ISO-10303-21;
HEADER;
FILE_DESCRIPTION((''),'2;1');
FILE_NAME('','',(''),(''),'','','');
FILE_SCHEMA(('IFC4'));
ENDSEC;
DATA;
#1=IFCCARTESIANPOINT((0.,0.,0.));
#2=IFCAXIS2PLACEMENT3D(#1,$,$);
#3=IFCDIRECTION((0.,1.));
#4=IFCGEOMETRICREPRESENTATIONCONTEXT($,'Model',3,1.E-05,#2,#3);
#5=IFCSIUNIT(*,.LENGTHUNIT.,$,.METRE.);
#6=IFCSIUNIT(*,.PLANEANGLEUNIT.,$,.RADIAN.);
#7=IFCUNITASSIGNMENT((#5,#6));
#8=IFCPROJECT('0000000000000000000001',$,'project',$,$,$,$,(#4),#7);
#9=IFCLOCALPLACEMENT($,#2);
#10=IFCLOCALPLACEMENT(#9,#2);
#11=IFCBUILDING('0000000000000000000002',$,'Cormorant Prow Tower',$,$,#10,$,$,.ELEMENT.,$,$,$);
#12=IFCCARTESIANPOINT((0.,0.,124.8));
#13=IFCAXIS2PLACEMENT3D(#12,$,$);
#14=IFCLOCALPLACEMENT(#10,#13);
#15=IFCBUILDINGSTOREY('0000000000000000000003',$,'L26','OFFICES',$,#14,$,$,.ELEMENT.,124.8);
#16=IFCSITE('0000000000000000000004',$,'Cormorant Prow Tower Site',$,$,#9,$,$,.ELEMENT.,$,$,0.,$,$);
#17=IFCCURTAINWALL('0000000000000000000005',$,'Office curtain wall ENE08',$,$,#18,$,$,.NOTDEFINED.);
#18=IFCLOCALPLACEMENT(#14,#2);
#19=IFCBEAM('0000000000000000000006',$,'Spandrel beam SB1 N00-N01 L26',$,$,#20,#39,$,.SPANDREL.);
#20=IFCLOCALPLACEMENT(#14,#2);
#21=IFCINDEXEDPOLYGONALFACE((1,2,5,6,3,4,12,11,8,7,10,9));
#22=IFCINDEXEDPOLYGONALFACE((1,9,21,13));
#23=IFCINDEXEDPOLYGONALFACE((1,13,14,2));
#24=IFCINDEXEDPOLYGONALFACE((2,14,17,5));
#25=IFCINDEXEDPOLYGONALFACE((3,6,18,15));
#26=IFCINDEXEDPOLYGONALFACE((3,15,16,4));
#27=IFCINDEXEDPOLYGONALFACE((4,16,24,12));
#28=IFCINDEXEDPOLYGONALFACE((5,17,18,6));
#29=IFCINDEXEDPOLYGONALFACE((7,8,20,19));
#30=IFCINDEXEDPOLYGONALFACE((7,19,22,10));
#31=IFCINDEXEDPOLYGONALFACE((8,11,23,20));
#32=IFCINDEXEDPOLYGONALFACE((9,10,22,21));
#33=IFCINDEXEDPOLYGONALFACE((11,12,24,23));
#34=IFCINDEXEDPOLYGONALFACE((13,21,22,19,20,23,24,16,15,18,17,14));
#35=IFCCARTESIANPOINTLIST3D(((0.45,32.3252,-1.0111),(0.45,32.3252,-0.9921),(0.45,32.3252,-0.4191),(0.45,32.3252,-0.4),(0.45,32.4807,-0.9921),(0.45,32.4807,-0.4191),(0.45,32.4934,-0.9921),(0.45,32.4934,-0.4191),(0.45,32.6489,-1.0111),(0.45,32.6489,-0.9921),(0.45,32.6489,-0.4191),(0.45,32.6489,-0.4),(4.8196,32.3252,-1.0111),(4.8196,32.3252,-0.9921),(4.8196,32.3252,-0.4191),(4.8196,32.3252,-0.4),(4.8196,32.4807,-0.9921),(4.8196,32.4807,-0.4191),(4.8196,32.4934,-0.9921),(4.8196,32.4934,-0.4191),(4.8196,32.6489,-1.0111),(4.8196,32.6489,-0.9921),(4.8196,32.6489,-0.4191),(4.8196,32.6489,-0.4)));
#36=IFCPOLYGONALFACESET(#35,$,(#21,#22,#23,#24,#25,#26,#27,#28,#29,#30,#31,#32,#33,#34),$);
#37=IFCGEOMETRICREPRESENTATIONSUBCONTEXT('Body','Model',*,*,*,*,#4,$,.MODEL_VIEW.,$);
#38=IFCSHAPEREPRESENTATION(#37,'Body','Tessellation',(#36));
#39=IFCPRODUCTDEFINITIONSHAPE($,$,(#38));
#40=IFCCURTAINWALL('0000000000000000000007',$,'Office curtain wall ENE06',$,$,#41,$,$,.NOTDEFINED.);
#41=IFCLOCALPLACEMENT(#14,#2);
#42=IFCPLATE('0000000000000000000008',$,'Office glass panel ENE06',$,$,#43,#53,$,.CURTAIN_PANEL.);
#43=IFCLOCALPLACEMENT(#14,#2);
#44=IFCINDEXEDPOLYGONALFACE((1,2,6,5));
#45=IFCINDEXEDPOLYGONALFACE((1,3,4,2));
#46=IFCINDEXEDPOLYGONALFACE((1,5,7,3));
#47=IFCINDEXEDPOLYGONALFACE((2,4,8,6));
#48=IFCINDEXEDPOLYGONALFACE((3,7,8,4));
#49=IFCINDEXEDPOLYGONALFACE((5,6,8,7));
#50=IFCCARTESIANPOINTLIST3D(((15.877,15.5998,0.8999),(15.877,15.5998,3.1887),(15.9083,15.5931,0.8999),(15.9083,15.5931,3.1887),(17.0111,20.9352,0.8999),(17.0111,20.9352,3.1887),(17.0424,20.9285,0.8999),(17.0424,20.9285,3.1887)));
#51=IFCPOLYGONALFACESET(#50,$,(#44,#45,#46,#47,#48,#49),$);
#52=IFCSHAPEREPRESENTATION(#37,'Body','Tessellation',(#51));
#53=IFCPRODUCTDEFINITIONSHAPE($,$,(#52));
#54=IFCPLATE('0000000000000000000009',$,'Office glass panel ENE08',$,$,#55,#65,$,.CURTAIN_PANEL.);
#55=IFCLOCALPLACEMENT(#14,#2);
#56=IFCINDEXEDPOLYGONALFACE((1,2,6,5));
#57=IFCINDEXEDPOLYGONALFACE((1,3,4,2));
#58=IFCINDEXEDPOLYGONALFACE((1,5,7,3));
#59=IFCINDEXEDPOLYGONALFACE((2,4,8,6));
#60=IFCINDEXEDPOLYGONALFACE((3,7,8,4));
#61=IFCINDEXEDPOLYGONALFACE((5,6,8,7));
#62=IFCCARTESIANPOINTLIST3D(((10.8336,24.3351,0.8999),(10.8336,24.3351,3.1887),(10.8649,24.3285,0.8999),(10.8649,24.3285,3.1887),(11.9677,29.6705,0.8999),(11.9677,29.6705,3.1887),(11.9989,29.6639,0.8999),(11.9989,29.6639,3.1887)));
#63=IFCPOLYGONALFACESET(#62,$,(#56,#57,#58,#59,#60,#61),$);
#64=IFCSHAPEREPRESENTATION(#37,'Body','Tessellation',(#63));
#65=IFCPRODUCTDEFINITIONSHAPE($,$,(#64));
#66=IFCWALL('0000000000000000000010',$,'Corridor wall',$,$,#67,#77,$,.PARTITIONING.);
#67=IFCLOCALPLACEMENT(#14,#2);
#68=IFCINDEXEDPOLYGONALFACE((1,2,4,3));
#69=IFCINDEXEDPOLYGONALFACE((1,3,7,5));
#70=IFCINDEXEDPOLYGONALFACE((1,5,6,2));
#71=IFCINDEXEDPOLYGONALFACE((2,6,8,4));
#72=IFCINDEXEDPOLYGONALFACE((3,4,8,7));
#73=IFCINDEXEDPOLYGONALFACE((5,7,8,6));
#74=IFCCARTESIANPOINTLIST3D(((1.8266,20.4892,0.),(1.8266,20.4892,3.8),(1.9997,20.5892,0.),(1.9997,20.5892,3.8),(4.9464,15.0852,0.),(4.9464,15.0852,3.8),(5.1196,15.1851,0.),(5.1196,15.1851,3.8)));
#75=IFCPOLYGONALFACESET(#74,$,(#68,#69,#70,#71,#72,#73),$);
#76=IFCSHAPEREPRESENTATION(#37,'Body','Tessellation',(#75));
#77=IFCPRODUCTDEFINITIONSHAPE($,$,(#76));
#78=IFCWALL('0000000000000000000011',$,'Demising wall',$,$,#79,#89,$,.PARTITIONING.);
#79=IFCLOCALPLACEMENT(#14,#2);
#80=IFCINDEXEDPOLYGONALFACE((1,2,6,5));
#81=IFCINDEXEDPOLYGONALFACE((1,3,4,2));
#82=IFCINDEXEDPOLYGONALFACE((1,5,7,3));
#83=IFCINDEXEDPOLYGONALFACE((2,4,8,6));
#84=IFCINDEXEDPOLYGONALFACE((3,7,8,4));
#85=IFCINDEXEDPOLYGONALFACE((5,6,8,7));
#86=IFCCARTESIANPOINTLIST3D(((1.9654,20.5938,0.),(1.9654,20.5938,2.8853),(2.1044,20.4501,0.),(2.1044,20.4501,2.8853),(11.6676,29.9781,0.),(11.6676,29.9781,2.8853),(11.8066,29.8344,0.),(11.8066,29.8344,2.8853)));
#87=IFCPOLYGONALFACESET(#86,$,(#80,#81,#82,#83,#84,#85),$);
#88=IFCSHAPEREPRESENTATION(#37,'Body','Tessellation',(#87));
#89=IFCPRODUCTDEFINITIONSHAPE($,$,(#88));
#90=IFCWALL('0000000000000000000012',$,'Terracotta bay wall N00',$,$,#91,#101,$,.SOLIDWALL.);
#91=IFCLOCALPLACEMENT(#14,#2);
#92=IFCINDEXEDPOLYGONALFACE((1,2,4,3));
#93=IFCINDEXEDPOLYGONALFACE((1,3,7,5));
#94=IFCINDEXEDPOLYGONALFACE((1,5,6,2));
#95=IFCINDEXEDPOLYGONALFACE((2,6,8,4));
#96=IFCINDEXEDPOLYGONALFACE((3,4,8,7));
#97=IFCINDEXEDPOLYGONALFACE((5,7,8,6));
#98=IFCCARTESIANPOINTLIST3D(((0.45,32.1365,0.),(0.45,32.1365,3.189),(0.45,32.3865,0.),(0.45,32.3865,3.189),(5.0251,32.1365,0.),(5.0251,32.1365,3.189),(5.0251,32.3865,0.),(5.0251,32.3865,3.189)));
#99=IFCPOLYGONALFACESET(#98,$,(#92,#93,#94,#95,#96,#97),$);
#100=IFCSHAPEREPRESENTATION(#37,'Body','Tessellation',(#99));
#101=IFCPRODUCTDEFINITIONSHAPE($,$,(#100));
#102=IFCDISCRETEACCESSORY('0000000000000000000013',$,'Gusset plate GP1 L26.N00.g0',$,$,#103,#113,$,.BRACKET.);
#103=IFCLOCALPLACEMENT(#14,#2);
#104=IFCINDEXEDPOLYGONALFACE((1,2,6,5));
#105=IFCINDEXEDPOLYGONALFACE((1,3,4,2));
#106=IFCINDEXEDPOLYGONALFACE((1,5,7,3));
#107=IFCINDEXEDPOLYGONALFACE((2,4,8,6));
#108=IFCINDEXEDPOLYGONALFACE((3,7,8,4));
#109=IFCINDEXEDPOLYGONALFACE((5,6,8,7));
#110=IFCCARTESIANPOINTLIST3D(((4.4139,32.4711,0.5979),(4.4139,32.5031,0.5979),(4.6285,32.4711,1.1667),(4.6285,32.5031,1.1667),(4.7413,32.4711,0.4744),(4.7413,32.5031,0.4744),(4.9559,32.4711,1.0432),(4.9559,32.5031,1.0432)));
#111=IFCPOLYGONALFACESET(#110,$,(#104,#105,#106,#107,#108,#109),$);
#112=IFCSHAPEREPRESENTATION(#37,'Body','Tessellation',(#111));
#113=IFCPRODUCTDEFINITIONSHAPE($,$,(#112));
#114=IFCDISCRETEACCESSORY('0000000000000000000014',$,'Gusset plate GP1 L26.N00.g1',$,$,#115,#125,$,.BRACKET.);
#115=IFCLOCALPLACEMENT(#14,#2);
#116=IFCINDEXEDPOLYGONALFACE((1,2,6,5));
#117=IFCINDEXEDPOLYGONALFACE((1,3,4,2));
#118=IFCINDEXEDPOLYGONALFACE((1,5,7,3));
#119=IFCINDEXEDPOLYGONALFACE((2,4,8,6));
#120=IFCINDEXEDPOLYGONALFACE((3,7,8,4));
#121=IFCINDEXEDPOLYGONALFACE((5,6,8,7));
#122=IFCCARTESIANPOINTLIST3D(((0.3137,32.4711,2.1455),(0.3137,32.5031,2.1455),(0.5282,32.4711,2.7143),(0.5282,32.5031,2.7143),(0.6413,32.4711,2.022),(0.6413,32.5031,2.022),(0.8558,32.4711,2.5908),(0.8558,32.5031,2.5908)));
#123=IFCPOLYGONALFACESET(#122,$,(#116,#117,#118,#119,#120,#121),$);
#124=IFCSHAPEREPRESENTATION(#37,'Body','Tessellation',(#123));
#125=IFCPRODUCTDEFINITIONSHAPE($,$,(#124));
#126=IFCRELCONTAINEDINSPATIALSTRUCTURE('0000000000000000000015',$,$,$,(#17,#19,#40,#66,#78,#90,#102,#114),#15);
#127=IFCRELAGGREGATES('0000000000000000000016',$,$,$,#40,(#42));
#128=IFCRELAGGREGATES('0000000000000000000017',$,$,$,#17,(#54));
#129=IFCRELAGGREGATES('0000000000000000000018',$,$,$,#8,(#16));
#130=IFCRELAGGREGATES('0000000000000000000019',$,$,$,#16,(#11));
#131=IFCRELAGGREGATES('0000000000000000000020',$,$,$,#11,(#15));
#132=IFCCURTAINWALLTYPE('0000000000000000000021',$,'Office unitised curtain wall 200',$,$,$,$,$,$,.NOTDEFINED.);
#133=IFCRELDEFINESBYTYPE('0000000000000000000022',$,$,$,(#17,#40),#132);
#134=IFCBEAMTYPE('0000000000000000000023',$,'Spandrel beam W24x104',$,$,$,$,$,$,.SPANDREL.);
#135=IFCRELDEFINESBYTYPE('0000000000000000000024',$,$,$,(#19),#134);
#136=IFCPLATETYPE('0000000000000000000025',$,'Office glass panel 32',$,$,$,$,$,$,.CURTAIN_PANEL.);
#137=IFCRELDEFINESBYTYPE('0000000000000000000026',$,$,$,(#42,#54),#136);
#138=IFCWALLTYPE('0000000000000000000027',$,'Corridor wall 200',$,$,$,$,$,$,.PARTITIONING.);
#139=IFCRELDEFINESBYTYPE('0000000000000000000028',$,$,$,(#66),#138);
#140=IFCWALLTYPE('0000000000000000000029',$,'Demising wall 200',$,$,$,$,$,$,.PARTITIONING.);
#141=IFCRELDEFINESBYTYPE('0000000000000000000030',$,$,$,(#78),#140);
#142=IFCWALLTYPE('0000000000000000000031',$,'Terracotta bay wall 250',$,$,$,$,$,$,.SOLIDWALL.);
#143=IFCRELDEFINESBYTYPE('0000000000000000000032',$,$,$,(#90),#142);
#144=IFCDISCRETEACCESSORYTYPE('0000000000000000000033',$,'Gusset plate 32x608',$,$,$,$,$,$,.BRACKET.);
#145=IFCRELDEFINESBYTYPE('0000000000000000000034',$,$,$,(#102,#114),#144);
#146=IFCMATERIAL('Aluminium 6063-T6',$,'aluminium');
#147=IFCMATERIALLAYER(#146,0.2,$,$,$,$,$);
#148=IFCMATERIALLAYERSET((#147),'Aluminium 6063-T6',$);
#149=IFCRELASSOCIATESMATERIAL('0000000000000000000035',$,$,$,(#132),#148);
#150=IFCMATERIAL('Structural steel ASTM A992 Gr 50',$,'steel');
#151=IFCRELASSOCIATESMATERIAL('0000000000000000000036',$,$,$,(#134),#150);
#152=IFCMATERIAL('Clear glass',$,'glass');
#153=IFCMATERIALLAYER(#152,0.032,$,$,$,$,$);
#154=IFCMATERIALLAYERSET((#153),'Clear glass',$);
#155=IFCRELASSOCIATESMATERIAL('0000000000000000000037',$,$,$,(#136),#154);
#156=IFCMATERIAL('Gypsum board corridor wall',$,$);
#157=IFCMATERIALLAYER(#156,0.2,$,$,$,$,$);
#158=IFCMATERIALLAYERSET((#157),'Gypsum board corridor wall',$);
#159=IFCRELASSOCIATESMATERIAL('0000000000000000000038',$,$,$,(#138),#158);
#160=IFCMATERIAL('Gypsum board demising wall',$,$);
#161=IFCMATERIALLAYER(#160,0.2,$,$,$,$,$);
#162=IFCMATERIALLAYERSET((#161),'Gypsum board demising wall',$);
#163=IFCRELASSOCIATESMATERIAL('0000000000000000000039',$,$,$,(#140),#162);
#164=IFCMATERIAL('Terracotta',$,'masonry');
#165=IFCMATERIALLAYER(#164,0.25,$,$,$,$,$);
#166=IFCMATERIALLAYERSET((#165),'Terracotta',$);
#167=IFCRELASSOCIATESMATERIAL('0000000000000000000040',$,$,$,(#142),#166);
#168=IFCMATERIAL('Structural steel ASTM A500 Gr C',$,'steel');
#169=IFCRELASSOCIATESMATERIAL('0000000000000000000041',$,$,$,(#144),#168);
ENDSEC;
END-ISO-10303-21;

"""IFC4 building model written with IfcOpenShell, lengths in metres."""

from ifc_helpers import new_model, si_unit, direction, frame, frame_2d, origin, origin_2d, place, context, subcontext, project, spatial, rectangle, i_section, extrude, material, layer, layer_set, material_profile, profile_set, type_object, element, aggregate, save


model = new_model("IFC4")

# Units and contexts
model_context = context("Model", 3, precision=1e-05, world=origin(), true_north=direction((0.0, 1.0)))
body_context = subcontext(model_context, "Body", "Model", "MODEL_VIEW")
ifc_project = project(units=[si_unit("LENGTHUNIT", "METRE"), si_unit("PLANEANGLEUNIT", "RADIAN")], contexts=[model_context])

# Site, building, storey
site_placement = place(None, origin())
site = spatial("IfcSite", under=ifc_project, at=site_placement, Name="Cormorant Prow Tower Site", CompositionType="ELEMENT", RefElevation=0.0)
building_placement = place(site_placement, origin())
building = spatial("IfcBuilding", under=site, at=building_placement, Name="Cormorant Prow Tower", CompositionType="ELEMENT")
storey_placement = place(building_placement, frame((0.0, 0.0, 124.8)))
storey = spatial("IfcBuildingStorey", under=building, at=storey_placement, Name="L26", Description="OFFICES", CompositionType="ELEMENT", Elevation=124.8)

# Curtain wall
ifc_material_1 = material(Name="Aluminium 6063-T6", Category="aluminium")
ifc_layer_1 = layer(ifc_material_1, 0.2)
ifc_layer_set_1 = layer_set([ifc_layer_1], Name="Aluminium 6063-T6")
curtain_wall_type = type_object("IfcCurtainWallType", Name="Office unitised curtain wall 200", PredefinedType="NOTDEFINED", material=ifc_layer_set_1)
curtain_wall_1_placement = place(storey_placement, origin())
curtain_wall_1 = element("IfcCurtainWall", 1, at=curtain_wall_1_placement, inside=storey, type_object=curtain_wall_type, Name="Office curtain wall ENE08", PredefinedType="NOTDEFINED")

# Beam
ifc_material_2 = material(Name="Structural steel ASTM A992 Gr 50", Category="steel")
ifc_material_profile_1 = material_profile(ifc_material_2, i_section(OverallWidth=0.3237, OverallDepth=0.6111, WebThickness=0.0127, FlangeThickness=0.019, at=origin_2d()), Name="W24x104")
ifc_profile_set_1 = profile_set([ifc_material_profile_1], Name="Structural steel ASTM A992 Gr 50")
beam_type = type_object("IfcBeamType", Name="Spandrel beam W24x104", PredefinedType="SPANDREL", material=ifc_profile_set_1)
beam_1_placement = place(storey_placement, frame((4.8196, 32.4871, -0.7056), z_axis=(-1.0, 0.0, 0.0), x_axis=(0.0, -1.0, 0.0)))
element("IfcBeam", 2, at=beam_1_placement, inside=storey, type_object=beam_type, Name="Spandrel beam SB1 N00-N01 L26", PredefinedType="SPANDREL", context=body_context, shape_type="SweptSolid", body=[
    extrude(i_section(OverallWidth=0.3237, OverallDepth=0.6111, WebThickness=0.0127, FlangeThickness=0.019, at=origin_2d()), origin(), (0.0, 0.0, 1.0), 4.3696),
])

# Curtain wall, plate
curtain_wall_2_placement = place(storey_placement, origin())
curtain_wall_2 = element("IfcCurtainWall", 3, at=curtain_wall_2_placement, inside=storey, type_object=curtain_wall_type, Name="Office curtain wall ENE06", PredefinedType="NOTDEFINED")
ifc_material_3 = material(Name="Clear glass", Category="glass")
ifc_layer_2 = layer(ifc_material_3, 0.032)
ifc_layer_set_2 = layer_set([ifc_layer_2], Name="Clear glass")
plate_type = type_object("IfcPlateType", Name="Office glass panel 32", PredefinedType="CURTAIN_PANEL", material=ifc_layer_set_2)
plate_1_placement = place(storey_placement, frame((16.4597, 18.2642, 0.8999), z_axis=(0.0, 0.0, 1.0), x_axis=(0.207912, 0.978148, 0.0)))
plate_1 = element("IfcPlate", 4, at=plate_1_placement, type_object=plate_type, Name="Office glass panel ENE06", PredefinedType="CURTAIN_PANEL", context=body_context, shape_type="SweptSolid", body=[
    extrude(rectangle(XDim=5.4546, YDim=0.032, at=origin_2d()), origin(), (0.0, 0.0, 1.0), 2.2888),
])
aggregate(curtain_wall_2, [plate_1])

# Plate
plate_2_placement = place(storey_placement, frame((11.4163, 26.9995, 0.8999), z_axis=(0.0, 0.0, 1.0), x_axis=(0.207912, 0.978148, 0.0)))
plate_2 = element("IfcPlate", 5, at=plate_2_placement, type_object=plate_type, Name="Office glass panel ENE08", PredefinedType="CURTAIN_PANEL", context=body_context, shape_type="SweptSolid", body=[
    extrude(rectangle(XDim=5.4546, YDim=0.032, at=origin_2d()), origin(), (0.0, 0.0, 1.0), 2.2888),
])
aggregate(curtain_wall_1, [plate_2])

# Walls
ifc_material_4 = material(Name="Gypsum board corridor wall")
ifc_layer_3 = layer(ifc_material_4, 0.2)
ifc_layer_set_3 = layer_set([ifc_layer_3], Name="Gypsum board corridor wall")
wall_type_1 = type_object("IfcWallType", Name="Corridor wall 200", PredefinedType="PARTITIONING", material=ifc_layer_set_3)
wall_1_placement = place(storey_placement, frame((1.9131, 20.5393, 0.0), z_axis=(0.0, 0.0, 1.0), x_axis=(0.499981, -0.866036, 0.0)))
element("IfcWall", 6, at=wall_1_placement, inside=storey, type_object=wall_type_1, Name="Corridor wall", PredefinedType="PARTITIONING", context=body_context, shape_type="SweptSolid", body=[
    extrude(rectangle(XDim=6.24, YDim=0.2, at=frame_2d((3.1201, 0.0))), origin(), (0.0, 0.0, 1.0), 3.8),
])
ifc_material_5 = material(Name="Gypsum board demising wall")
ifc_layer_4 = layer(ifc_material_5, 0.2)
ifc_layer_set_4 = layer_set([ifc_layer_4], Name="Gypsum board demising wall")
wall_type_2 = type_object("IfcWallType", Name="Demising wall 200", PredefinedType="PARTITIONING", material=ifc_layer_set_4)
wall_2_placement = place(storey_placement, frame((2.0349, 20.522, 0.0), z_axis=(0.0, 0.0, 1.0), x_axis=(0.718783, 0.695234, 0.0)))
element("IfcWall", 7, at=wall_2_placement, inside=storey, type_object=wall_type_2, Name="Demising wall", PredefinedType="PARTITIONING", context=body_context, shape_type="SweptSolid", body=[
    extrude(rectangle(XDim=13.498, YDim=0.2, at=frame_2d((6.749, 0.0))), origin(), (0.0, 0.0, 1.0), 2.8853),
])
ifc_material_6 = material(Name="Terracotta", Category="masonry")
ifc_layer_5 = layer(ifc_material_6, 0.25)
ifc_layer_set_5 = layer_set([ifc_layer_5], Name="Terracotta")
wall_type_3 = type_object("IfcWallType", Name="Terracotta bay wall 250", PredefinedType="SOLIDWALL", material=ifc_layer_set_5)
wall_3_placement = place(storey_placement, frame((5.0251, 32.2615, 0.0), z_axis=(0.0, 0.0, 1.0), x_axis=(-1.0, 0.0, 0.0)))
element("IfcWall", 8, at=wall_3_placement, inside=storey, type_object=wall_type_3, Name="Terracotta bay wall N00", PredefinedType="SOLIDWALL", context=body_context, shape_type="SweptSolid", body=[
    extrude(rectangle(XDim=4.5752, YDim=0.25, at=frame_2d((2.2876, 0.0))), origin(), (0.0, 0.0, 1.0), 3.189),
])

# Discrete accessories
ifc_material_7 = material(Name="Structural steel ASTM A500 Gr C", Category="steel")
ifc_material_profile_2 = material_profile(ifc_material_7, rectangle(XDim=0.032, YDim=0.6079, at=origin_2d()), Name="Gusset plate 32x608")
ifc_profile_set_2 = profile_set([ifc_material_profile_2], Name="Structural steel ASTM A500 Gr C")
discrete_accessory_type = type_object("IfcDiscreteAccessoryType", Name="Gusset plate 32x608", PredefinedType="BRACKET", material=ifc_profile_set_2)
discrete_accessory_1_placement = place(storey_placement, frame((4.5212, 32.4871, 0.8823), z_axis=(0.93561, 0.0, -0.353034), x_axis=(0.0, 1.0, 0.0)))
element("IfcDiscreteAccessory", 9, at=discrete_accessory_1_placement, inside=storey, type_object=discrete_accessory_type, Name="Gusset plate GP1 L26.N00.g0", PredefinedType="BRACKET", context=body_context, shape_type="SweptSolid", body=[
    extrude(rectangle(XDim=0.032, YDim=0.6079, at=origin_2d()), origin(), (0.0, 0.0, 1.0), 0.3499),
])
discrete_accessory_2_placement = place(storey_placement, frame((0.7485, 32.4871, 2.3064), z_axis=(-0.935697, 0.0, 0.352804), x_axis=(0.0, -1.0, 0.0)))
element("IfcDiscreteAccessory", 10, at=discrete_accessory_2_placement, inside=storey, type_object=discrete_accessory_type, Name="Gusset plate GP1 L26.N00.g1", PredefinedType="BRACKET", context=body_context, shape_type="SweptSolid", body=[
    extrude(rectangle(XDim=0.032, YDim=0.6079, at=origin_2d()), origin(), (0.0, 0.0, 1.0), 0.3501),
])

save(model, "model.ifc")
